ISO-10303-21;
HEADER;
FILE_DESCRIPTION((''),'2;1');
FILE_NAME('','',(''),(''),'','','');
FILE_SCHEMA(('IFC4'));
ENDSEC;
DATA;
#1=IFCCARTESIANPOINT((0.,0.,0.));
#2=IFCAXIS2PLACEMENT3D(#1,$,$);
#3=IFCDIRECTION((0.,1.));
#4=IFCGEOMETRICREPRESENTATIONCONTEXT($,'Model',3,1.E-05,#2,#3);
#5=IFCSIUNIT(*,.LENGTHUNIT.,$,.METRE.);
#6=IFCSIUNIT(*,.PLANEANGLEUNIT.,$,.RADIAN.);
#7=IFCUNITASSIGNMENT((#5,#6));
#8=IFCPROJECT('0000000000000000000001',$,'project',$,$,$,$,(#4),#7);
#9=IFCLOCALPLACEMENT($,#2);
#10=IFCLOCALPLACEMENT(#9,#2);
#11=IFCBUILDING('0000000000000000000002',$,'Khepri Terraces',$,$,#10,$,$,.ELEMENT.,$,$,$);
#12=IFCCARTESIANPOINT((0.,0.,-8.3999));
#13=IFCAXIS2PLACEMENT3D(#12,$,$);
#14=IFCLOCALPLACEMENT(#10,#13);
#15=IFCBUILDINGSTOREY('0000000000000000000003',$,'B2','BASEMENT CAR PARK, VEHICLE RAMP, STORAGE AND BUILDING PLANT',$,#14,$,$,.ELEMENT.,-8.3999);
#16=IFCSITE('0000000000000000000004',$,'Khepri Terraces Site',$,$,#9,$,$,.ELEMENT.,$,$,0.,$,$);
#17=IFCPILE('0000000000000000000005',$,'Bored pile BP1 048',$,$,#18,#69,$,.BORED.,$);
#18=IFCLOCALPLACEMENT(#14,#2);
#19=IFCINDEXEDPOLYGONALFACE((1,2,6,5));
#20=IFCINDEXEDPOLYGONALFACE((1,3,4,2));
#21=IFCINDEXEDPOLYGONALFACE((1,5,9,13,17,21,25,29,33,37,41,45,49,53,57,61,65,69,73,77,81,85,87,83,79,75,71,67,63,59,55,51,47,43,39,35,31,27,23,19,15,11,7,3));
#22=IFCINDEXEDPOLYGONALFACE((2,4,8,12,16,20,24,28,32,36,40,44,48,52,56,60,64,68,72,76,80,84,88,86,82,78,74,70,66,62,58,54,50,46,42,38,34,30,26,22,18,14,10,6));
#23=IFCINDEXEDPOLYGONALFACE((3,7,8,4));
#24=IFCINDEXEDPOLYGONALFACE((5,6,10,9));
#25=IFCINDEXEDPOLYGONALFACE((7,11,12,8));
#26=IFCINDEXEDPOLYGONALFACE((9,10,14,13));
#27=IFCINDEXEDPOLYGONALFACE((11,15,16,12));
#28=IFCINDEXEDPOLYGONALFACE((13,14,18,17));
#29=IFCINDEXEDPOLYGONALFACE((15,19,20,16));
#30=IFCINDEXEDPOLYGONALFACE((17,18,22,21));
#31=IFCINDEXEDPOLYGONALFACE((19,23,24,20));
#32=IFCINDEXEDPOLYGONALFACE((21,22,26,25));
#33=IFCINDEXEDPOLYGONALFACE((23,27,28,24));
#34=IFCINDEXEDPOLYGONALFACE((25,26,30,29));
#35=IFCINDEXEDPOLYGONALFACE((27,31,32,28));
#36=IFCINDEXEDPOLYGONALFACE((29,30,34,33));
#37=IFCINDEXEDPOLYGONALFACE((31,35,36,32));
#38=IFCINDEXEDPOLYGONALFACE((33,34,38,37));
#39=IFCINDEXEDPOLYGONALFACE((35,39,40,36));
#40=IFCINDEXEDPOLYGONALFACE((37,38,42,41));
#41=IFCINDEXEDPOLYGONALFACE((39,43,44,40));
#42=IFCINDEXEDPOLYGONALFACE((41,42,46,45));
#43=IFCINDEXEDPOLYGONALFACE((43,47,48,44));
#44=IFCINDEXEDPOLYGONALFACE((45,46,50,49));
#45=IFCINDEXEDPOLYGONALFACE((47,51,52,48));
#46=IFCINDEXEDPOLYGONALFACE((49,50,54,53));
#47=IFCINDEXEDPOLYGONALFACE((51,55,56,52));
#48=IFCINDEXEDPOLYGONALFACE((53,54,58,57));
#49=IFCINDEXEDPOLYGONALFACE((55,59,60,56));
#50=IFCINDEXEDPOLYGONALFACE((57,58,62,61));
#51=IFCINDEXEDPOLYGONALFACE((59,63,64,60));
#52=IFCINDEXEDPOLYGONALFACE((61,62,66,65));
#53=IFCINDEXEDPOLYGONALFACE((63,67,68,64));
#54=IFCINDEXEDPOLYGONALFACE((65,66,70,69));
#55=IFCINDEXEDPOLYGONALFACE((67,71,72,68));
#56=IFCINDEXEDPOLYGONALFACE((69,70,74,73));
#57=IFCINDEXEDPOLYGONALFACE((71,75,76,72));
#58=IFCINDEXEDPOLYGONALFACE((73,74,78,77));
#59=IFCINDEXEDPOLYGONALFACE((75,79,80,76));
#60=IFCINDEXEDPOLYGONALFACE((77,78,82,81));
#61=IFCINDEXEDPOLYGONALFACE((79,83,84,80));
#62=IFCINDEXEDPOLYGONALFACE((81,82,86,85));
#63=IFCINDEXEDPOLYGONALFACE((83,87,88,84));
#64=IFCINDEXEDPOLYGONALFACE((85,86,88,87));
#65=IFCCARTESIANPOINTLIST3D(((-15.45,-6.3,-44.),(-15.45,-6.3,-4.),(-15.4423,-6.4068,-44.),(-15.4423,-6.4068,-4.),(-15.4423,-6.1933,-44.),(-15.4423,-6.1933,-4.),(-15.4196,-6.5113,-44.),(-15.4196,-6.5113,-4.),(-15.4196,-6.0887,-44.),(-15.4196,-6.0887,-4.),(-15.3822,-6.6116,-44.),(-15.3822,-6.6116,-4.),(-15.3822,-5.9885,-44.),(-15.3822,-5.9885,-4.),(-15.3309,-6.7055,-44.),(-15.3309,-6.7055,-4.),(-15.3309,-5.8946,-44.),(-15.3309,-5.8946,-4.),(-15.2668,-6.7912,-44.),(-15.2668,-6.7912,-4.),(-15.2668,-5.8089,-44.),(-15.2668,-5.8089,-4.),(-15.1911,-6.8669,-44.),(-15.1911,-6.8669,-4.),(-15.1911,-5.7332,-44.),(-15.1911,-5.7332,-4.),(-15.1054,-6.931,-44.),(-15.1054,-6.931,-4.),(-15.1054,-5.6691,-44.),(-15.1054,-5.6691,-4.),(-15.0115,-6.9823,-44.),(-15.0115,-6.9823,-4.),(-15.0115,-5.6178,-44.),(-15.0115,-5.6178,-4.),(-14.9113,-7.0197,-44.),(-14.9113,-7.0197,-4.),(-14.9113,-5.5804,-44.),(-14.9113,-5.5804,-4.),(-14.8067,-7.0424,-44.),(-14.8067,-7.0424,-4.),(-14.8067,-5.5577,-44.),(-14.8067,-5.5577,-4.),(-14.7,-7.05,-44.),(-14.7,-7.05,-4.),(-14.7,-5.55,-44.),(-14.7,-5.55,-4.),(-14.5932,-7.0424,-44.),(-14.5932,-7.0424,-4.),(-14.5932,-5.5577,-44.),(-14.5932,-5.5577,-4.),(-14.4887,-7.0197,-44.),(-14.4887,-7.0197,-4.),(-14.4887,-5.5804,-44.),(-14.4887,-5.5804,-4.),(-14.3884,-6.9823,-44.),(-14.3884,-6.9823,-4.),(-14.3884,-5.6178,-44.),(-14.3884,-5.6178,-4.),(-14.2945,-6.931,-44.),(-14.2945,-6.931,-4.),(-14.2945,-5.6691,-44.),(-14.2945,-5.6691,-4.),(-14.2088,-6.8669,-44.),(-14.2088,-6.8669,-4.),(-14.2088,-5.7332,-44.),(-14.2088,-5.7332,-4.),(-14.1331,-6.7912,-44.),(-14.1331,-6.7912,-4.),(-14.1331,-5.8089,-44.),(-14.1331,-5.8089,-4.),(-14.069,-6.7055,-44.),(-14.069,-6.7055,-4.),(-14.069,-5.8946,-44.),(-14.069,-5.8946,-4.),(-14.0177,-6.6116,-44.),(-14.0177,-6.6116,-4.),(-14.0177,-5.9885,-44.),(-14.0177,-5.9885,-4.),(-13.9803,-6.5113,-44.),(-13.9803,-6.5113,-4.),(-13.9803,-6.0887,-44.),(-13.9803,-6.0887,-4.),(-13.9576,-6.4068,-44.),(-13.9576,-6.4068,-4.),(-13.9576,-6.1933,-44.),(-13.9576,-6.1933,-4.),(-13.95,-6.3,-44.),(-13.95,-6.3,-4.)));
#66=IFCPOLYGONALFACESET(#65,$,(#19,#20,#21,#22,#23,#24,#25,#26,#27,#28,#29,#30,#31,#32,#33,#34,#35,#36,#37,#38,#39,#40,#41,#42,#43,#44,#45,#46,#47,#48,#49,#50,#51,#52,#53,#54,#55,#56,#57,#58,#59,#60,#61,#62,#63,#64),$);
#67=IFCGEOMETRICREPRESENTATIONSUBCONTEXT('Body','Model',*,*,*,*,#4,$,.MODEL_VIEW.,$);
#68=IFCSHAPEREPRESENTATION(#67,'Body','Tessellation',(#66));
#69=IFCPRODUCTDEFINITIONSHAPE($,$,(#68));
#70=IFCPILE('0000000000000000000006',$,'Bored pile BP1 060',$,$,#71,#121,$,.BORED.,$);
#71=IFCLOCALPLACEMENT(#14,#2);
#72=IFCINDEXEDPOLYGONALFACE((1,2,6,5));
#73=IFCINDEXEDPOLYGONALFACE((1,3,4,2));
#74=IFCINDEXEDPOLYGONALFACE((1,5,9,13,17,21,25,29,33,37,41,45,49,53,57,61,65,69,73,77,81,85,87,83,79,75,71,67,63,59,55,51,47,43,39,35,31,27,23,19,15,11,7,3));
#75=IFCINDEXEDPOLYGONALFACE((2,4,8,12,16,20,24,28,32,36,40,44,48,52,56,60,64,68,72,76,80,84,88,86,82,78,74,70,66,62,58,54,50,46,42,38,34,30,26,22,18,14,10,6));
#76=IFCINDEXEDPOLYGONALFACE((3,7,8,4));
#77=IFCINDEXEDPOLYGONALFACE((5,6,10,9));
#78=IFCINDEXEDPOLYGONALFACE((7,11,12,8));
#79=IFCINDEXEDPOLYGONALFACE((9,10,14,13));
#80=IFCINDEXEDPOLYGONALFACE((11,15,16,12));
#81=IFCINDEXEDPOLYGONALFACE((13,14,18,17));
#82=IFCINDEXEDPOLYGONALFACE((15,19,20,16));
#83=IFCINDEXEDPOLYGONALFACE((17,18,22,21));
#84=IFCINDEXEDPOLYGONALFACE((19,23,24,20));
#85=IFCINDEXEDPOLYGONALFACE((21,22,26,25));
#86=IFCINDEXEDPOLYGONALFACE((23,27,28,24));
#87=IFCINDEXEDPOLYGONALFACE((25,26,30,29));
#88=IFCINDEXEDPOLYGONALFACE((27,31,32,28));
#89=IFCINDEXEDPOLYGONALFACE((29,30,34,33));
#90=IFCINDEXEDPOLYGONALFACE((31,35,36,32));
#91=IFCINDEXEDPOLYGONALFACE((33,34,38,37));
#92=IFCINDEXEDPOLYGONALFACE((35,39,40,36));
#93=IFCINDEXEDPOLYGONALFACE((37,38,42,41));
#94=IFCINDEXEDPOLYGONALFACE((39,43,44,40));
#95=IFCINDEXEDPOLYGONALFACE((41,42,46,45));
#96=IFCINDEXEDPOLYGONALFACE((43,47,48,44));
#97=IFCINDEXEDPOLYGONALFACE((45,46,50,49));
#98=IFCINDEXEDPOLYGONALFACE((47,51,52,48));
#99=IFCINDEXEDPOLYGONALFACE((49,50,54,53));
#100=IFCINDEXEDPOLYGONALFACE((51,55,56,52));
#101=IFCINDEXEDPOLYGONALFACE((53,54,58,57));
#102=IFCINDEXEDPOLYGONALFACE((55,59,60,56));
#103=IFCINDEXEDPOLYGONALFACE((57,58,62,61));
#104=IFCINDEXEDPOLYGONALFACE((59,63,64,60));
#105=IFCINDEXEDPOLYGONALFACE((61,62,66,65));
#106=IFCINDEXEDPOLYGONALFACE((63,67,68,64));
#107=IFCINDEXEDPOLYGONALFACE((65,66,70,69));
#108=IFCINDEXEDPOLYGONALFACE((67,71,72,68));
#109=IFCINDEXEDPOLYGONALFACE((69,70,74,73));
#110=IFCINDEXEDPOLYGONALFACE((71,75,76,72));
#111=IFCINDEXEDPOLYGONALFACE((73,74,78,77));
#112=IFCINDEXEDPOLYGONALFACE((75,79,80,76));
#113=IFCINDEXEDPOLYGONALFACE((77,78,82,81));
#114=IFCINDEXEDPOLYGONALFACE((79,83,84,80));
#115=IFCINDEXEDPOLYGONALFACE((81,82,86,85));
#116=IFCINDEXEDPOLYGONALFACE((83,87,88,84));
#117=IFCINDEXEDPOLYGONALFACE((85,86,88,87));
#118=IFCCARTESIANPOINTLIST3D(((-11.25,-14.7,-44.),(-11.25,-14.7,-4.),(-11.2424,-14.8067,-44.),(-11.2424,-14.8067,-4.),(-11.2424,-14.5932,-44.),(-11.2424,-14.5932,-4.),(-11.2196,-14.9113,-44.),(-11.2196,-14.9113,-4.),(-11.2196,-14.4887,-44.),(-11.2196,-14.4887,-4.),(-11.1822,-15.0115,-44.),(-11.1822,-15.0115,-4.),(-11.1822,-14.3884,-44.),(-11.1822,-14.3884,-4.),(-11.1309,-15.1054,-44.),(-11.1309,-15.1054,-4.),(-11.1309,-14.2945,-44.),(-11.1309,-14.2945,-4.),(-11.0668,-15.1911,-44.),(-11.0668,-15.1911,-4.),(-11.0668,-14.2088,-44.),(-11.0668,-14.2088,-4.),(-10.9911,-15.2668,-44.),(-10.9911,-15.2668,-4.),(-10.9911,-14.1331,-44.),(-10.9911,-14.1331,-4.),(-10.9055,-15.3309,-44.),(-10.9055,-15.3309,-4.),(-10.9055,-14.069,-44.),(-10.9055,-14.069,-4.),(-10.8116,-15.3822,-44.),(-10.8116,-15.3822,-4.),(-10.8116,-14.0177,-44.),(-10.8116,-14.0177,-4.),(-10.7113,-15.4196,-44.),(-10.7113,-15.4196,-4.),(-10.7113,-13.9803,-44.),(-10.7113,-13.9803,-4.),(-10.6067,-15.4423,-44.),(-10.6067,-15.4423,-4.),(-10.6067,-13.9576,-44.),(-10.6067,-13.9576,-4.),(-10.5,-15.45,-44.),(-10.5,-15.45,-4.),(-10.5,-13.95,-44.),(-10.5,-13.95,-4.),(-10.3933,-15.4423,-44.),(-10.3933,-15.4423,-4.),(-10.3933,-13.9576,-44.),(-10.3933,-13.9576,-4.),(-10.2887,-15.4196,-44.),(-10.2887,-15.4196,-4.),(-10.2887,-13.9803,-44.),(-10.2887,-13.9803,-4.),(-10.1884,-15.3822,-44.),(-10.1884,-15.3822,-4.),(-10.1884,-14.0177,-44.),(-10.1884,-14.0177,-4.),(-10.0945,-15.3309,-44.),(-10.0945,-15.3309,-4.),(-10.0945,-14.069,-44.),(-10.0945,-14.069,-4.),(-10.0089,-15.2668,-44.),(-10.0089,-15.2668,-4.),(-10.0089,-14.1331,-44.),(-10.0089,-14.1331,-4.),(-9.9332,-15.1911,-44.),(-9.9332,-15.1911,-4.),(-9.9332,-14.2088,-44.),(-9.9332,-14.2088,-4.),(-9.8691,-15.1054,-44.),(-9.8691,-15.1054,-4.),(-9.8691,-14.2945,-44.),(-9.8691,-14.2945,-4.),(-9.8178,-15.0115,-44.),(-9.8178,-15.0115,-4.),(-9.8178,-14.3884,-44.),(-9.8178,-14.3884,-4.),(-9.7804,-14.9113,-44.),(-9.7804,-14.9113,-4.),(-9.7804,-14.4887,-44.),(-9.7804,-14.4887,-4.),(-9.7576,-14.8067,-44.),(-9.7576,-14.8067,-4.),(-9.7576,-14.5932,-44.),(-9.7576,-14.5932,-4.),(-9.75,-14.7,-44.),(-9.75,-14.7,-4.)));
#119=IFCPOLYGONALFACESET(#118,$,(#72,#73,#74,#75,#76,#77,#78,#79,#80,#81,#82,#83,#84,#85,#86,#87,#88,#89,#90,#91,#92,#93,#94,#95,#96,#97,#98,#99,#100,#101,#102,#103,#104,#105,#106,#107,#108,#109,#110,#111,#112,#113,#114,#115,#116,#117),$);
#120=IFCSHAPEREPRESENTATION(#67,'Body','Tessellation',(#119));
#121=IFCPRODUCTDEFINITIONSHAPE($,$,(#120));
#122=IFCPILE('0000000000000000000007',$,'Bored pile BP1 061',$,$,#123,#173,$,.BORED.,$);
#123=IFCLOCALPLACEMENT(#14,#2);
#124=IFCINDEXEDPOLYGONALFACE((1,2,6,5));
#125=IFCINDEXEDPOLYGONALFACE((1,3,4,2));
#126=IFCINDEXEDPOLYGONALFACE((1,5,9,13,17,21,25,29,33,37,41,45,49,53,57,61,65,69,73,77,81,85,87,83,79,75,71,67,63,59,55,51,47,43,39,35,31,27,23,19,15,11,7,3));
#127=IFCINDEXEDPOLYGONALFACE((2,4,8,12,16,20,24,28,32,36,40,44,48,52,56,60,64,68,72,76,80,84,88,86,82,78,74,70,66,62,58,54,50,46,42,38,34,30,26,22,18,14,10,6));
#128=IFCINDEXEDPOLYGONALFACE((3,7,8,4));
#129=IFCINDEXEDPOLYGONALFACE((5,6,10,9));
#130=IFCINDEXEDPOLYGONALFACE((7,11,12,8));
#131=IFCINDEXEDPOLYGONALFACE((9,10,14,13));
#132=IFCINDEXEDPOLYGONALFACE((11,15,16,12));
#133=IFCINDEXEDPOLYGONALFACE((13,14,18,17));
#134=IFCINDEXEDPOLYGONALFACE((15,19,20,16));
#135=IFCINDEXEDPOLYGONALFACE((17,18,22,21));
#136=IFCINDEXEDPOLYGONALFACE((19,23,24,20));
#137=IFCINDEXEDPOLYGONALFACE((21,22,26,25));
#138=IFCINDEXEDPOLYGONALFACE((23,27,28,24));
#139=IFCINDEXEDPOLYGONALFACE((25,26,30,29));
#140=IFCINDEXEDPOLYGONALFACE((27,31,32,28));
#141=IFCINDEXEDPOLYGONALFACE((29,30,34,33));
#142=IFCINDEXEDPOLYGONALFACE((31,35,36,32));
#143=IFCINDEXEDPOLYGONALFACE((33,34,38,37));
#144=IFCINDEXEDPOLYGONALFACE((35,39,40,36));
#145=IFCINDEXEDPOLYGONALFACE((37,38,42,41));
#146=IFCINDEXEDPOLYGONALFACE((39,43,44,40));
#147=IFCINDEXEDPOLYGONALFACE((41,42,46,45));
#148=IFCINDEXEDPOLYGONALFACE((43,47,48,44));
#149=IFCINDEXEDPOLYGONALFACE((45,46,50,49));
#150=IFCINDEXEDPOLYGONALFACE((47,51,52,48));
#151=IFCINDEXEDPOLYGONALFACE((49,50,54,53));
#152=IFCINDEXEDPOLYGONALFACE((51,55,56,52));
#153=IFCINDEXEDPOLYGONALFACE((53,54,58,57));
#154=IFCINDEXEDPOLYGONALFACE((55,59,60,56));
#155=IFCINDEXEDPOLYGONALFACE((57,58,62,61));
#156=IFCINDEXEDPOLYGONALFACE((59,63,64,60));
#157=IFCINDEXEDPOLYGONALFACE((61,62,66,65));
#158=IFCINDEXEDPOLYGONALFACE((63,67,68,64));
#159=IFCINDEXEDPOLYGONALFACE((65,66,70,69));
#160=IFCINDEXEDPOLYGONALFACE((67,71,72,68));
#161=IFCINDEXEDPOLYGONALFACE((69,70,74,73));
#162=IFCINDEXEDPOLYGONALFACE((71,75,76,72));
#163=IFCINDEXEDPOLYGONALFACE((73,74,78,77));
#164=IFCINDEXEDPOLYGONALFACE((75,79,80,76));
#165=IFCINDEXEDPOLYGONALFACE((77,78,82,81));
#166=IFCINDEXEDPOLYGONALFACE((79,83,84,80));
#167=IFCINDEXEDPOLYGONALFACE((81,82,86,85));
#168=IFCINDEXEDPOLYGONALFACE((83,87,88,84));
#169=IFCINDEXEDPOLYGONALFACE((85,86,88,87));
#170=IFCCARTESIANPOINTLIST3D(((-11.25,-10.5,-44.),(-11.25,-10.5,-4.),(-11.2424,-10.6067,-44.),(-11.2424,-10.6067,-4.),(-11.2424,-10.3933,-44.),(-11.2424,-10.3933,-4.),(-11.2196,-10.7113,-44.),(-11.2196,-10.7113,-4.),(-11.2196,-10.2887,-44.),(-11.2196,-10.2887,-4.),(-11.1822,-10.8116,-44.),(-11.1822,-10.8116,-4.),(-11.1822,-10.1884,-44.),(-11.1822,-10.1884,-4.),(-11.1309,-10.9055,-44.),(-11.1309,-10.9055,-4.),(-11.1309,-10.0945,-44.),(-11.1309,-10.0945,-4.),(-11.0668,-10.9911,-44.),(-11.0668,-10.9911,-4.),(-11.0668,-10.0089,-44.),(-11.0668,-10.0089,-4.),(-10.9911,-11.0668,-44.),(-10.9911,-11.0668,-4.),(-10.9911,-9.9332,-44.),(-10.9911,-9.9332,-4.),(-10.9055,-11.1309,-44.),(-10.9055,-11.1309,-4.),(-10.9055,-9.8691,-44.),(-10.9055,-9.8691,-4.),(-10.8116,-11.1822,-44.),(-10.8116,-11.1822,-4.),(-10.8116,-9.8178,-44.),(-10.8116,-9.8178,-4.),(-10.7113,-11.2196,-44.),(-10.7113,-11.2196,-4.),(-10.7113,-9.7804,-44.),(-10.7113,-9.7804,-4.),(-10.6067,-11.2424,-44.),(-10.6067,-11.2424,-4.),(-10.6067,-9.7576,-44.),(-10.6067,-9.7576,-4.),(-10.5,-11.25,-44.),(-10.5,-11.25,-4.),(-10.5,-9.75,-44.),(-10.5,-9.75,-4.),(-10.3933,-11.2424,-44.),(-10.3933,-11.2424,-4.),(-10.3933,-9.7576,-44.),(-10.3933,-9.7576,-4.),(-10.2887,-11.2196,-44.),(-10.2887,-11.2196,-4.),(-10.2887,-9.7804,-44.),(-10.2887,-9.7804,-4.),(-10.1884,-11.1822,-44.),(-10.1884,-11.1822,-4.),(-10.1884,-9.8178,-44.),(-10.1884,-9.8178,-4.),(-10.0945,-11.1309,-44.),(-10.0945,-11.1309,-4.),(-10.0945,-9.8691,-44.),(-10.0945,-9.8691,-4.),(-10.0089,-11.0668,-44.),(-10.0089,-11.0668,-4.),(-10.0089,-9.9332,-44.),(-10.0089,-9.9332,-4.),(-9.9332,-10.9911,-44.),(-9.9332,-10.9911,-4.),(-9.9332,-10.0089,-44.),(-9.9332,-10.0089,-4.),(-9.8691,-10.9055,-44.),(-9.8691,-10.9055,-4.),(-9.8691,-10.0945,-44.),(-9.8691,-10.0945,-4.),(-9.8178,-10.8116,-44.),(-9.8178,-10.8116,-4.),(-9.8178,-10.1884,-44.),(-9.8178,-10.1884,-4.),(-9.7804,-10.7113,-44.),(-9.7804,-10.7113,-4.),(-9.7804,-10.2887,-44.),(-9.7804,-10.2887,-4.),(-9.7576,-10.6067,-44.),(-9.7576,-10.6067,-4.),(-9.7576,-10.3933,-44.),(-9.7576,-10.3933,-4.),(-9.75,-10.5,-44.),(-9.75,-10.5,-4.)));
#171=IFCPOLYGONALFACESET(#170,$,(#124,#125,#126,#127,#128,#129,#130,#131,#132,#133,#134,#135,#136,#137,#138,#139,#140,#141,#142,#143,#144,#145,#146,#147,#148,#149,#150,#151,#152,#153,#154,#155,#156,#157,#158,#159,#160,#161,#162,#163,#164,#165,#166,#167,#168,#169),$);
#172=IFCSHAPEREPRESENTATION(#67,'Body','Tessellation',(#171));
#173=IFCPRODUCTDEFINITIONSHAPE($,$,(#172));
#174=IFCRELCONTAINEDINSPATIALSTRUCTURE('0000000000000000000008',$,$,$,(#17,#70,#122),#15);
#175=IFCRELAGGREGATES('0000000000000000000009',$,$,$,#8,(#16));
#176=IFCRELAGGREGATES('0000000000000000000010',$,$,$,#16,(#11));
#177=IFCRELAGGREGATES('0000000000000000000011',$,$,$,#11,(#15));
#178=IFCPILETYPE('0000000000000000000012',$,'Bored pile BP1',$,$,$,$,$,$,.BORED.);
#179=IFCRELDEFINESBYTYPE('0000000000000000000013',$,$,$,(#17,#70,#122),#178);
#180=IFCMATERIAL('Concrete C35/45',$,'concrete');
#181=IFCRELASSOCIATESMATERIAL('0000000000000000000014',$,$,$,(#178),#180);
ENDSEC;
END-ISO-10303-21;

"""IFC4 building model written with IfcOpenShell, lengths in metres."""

from ifc_helpers import new_model, si_unit, direction, frame, origin, origin_2d, place, context, subcontext, project, spatial, circle, extrude, material, material_profile, profile_set, type_object, element, save


model = new_model("IFC4")

# Units and contexts
model_context = context("Model", 3, precision=1e-05, world=origin(), true_north=direction((0.0, 1.0)))
body_context = subcontext(model_context, "Body", "Model", "MODEL_VIEW")
ifc_project = project(units=[si_unit("LENGTHUNIT", "METRE"), si_unit("PLANEANGLEUNIT", "RADIAN")], contexts=[model_context])

# Site, building, storey
site_placement = place(None, origin())
site = spatial("IfcSite", under=ifc_project, at=site_placement, Name="Khepri Terraces Site", CompositionType="ELEMENT", RefElevation=0.0)
building_placement = place(site_placement, origin())
building = spatial("IfcBuilding", under=site, at=building_placement, Name="Khepri Terraces", CompositionType="ELEMENT")
storey_placement = place(building_placement, frame((0.0, 0.0, -8.3999)))
storey = spatial("IfcBuildingStorey", under=building, at=storey_placement, Name="B2", Description="BASEMENT CAR PARK, VEHICLE RAMP, STORAGE AND BUILDING PLANT", CompositionType="ELEMENT", Elevation=-8.3999)

# Piles
ifc_material_1 = material(Name="Concrete C35/45", Category="concrete")
ifc_material_profile_1 = material_profile(ifc_material_1, circle(Radius=0.75, at=origin_2d()), Name="Concrete C35/45", Category="concrete")
ifc_profile_set_1 = profile_set([ifc_material_profile_1], Name="Concrete C35/45")
pile_type = type_object("IfcPileType", Name="Bored pile BP1", PredefinedType="BORED", material=ifc_profile_set_1)
for number, where, z_axis, x_axis, name in (
    (1, (-14.7, -6.3, -4.0), (0.0, 0.0, -1.0), (1.0, 0.0, 0.0), "Bored pile BP1 048"),
    (2, (-10.5, -14.7, -4.0), (0.0, 0.0, -1.0), (1.0, 0.0, 0.0), "Bored pile BP1 060"),
    (3, (-10.5, -10.5, -4.0), (0.0, 0.0, -1.0), (1.0, 0.0, 0.0), "Bored pile BP1 061"),
):
    element("IfcPile", number, at=place(storey_placement, frame(where, z_axis=z_axis, x_axis=x_axis)), inside=storey, type_object=pile_type, Name=name, PredefinedType="BORED", context=body_context, shape_type="SweptSolid", body=[
        extrude(circle(Radius=0.75, at=origin_2d()), origin(), (0.0, 0.0, 1.0), 40.0),
    ])

save(model, "model.ifc")
